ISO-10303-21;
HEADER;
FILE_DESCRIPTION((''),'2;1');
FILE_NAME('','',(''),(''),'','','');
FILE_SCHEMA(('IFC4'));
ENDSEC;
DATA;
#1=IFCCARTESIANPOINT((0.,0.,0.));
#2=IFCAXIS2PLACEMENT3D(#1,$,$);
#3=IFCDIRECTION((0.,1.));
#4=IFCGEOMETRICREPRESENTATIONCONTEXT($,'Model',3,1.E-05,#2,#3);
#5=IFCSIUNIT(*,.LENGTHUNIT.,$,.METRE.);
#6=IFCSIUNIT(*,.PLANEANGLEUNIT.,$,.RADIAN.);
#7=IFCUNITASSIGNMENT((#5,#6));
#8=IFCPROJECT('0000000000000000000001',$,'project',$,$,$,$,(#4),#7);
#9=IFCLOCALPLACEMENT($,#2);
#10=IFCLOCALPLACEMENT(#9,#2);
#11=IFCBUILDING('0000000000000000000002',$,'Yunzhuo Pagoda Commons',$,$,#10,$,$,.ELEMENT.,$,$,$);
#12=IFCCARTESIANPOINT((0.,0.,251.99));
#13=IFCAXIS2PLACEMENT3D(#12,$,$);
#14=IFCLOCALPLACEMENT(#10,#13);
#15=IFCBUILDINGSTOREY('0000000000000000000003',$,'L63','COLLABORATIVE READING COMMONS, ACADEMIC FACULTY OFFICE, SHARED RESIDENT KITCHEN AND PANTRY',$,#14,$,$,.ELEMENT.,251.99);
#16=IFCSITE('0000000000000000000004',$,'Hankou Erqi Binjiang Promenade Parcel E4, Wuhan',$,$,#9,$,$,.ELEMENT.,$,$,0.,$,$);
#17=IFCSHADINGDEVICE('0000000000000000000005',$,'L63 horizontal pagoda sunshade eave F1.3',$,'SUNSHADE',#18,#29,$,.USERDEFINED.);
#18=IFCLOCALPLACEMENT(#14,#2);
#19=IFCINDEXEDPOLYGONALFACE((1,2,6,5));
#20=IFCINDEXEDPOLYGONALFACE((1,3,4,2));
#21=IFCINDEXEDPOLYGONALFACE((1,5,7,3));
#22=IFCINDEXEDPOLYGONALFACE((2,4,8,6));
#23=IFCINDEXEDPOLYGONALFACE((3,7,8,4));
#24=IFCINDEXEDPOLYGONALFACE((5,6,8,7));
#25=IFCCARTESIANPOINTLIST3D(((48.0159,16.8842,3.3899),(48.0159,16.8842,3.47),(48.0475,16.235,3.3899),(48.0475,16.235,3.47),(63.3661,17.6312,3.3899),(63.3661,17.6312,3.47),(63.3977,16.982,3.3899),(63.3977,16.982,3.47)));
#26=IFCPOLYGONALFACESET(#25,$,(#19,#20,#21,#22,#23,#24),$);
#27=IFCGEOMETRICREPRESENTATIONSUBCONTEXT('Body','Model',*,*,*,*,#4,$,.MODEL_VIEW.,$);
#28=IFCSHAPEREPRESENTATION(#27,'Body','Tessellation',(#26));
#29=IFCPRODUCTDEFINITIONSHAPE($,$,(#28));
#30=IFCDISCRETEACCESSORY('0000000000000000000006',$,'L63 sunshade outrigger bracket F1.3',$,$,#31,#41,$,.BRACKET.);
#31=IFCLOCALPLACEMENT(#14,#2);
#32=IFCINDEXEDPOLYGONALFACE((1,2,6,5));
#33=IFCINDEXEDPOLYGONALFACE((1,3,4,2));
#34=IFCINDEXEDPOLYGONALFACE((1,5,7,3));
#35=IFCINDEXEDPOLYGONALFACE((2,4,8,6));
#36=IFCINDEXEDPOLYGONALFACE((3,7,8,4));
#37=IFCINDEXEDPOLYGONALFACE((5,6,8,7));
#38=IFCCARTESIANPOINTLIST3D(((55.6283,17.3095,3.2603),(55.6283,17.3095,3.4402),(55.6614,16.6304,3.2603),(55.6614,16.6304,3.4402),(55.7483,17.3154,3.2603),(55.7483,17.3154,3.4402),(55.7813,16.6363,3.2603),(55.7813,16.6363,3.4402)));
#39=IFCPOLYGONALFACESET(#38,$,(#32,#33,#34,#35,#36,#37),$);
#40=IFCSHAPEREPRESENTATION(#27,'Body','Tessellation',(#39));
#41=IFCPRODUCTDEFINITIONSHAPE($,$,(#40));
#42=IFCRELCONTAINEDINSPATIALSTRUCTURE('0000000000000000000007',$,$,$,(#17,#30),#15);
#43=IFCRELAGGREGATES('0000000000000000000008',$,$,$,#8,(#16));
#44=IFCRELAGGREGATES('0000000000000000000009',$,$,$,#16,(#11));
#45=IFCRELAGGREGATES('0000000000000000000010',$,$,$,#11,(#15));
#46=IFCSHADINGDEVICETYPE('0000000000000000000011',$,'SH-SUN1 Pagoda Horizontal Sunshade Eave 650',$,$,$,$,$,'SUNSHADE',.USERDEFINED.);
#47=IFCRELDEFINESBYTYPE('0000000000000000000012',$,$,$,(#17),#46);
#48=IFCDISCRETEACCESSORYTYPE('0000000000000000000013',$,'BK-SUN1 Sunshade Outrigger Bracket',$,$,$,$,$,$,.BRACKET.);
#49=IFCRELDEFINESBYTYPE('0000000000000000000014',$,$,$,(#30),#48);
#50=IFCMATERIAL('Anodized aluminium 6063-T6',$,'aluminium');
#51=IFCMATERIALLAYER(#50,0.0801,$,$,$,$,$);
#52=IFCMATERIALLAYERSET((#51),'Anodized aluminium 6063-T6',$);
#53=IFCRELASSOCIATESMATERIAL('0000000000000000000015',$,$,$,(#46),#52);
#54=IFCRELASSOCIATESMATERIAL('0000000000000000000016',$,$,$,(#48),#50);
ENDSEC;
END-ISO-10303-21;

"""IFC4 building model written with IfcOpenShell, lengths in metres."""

from ifc_helpers import new_model, si_unit, direction, frame, origin, origin_2d, place, context, subcontext, project, spatial, rectangle, extrude, source, transform, mapped, material, layer, layer_set, type_object, element, save


model = new_model("IFC4")

# Units and contexts
model_context = context("Model", 3, precision=1e-05, world=origin(), true_north=direction((0.0, 1.0)))
body_context = subcontext(model_context, "Body", "Model", "MODEL_VIEW")
ifc_project = project(units=[si_unit("LENGTHUNIT", "METRE"), si_unit("PLANEANGLEUNIT", "RADIAN")], contexts=[model_context])

# Site, building, storey
site_placement = place(None, origin())
site = spatial("IfcSite", under=ifc_project, at=site_placement, Name="Hankou Erqi Binjiang Promenade Parcel E4, Wuhan", CompositionType="ELEMENT", RefElevation=0.0)
building_placement = place(site_placement, origin())
building = spatial("IfcBuilding", under=site, at=building_placement, Name="Yunzhuo Pagoda Commons", CompositionType="ELEMENT")
storey_placement = place(building_placement, frame((0.0, 0.0, 251.99)))
storey = spatial("IfcBuildingStorey", under=building, at=storey_placement, Name="L63", Description="COLLABORATIVE READING COMMONS, ACADEMIC FACULTY OFFICE, SHARED RESIDENT KITCHEN AND PANTRY", CompositionType="ELEMENT", Elevation=251.99)

# Shared definitions
ifc_material_1 = material(Name="Anodized aluminium 6063-T6", Category="aluminium")

# Shading device
ifc_layer_1 = layer(ifc_material_1, 0.0801)
ifc_layer_set_1 = layer_set([ifc_layer_1], Name="Anodized aluminium 6063-T6")
shading_device_type = type_object("IfcShadingDeviceType", Name="SH-SUN1 Pagoda Horizontal Sunshade Eave 650", ElementType="SUNSHADE", PredefinedType="USERDEFINED", material=ifc_layer_set_1)
shared_shape_1 = source(origin(), body_context, "Body", "SweptSolid", [
    extrude(rectangle(XDim=15.3684, YDim=0.6499, at=origin_2d()), origin(), (0.0, 0.0, 1.0), 0.0801),
])
shading_device_placement = place(storey_placement, frame((55.7068, 16.9331, 3.3899), z_axis=(0.0, 0.0, 1.0), x_axis=(0.998818, 0.048606, 0.0)))
element("IfcShadingDevice", 1, at=shading_device_placement, inside=storey, type_object=shading_device_type, Name="L63 horizontal pagoda sunshade eave F1.3", ObjectType="SUNSHADE", PredefinedType="USERDEFINED", context=body_context, shape_type="MappedRepresentation", body=[
    mapped(shared_shape_1, transform((0.0, 0.0, 0.0), scale=1.0)),
])

# Discrete accessory
discrete_accessory_type = type_object("IfcDiscreteAccessoryType", Name="BK-SUN1 Sunshade Outrigger Bracket", PredefinedType="BRACKET", material=ifc_material_1)
shared_shape_2 = source(origin(), body_context, "Body", "SweptSolid", [
    extrude(rectangle(XDim=0.1201, YDim=0.6799, at=origin_2d()), origin(), (0.0, 0.0, 1.0), 0.1799),
])
discrete_accessory_placement = place(storey_placement, frame((55.7048, 16.9729, 3.2603), z_axis=(0.0, 0.0, 1.0), x_axis=(0.998818, 0.048606, 0.0)))
element("IfcDiscreteAccessory", 2, at=discrete_accessory_placement, inside=storey, type_object=discrete_accessory_type, Name="L63 sunshade outrigger bracket F1.3", PredefinedType="BRACKET", context=body_context, shape_type="MappedRepresentation", body=[
    mapped(shared_shape_2, transform((0.0, 0.0, 0.0), scale=1.0)),
])

save(model, "model.ifc")
